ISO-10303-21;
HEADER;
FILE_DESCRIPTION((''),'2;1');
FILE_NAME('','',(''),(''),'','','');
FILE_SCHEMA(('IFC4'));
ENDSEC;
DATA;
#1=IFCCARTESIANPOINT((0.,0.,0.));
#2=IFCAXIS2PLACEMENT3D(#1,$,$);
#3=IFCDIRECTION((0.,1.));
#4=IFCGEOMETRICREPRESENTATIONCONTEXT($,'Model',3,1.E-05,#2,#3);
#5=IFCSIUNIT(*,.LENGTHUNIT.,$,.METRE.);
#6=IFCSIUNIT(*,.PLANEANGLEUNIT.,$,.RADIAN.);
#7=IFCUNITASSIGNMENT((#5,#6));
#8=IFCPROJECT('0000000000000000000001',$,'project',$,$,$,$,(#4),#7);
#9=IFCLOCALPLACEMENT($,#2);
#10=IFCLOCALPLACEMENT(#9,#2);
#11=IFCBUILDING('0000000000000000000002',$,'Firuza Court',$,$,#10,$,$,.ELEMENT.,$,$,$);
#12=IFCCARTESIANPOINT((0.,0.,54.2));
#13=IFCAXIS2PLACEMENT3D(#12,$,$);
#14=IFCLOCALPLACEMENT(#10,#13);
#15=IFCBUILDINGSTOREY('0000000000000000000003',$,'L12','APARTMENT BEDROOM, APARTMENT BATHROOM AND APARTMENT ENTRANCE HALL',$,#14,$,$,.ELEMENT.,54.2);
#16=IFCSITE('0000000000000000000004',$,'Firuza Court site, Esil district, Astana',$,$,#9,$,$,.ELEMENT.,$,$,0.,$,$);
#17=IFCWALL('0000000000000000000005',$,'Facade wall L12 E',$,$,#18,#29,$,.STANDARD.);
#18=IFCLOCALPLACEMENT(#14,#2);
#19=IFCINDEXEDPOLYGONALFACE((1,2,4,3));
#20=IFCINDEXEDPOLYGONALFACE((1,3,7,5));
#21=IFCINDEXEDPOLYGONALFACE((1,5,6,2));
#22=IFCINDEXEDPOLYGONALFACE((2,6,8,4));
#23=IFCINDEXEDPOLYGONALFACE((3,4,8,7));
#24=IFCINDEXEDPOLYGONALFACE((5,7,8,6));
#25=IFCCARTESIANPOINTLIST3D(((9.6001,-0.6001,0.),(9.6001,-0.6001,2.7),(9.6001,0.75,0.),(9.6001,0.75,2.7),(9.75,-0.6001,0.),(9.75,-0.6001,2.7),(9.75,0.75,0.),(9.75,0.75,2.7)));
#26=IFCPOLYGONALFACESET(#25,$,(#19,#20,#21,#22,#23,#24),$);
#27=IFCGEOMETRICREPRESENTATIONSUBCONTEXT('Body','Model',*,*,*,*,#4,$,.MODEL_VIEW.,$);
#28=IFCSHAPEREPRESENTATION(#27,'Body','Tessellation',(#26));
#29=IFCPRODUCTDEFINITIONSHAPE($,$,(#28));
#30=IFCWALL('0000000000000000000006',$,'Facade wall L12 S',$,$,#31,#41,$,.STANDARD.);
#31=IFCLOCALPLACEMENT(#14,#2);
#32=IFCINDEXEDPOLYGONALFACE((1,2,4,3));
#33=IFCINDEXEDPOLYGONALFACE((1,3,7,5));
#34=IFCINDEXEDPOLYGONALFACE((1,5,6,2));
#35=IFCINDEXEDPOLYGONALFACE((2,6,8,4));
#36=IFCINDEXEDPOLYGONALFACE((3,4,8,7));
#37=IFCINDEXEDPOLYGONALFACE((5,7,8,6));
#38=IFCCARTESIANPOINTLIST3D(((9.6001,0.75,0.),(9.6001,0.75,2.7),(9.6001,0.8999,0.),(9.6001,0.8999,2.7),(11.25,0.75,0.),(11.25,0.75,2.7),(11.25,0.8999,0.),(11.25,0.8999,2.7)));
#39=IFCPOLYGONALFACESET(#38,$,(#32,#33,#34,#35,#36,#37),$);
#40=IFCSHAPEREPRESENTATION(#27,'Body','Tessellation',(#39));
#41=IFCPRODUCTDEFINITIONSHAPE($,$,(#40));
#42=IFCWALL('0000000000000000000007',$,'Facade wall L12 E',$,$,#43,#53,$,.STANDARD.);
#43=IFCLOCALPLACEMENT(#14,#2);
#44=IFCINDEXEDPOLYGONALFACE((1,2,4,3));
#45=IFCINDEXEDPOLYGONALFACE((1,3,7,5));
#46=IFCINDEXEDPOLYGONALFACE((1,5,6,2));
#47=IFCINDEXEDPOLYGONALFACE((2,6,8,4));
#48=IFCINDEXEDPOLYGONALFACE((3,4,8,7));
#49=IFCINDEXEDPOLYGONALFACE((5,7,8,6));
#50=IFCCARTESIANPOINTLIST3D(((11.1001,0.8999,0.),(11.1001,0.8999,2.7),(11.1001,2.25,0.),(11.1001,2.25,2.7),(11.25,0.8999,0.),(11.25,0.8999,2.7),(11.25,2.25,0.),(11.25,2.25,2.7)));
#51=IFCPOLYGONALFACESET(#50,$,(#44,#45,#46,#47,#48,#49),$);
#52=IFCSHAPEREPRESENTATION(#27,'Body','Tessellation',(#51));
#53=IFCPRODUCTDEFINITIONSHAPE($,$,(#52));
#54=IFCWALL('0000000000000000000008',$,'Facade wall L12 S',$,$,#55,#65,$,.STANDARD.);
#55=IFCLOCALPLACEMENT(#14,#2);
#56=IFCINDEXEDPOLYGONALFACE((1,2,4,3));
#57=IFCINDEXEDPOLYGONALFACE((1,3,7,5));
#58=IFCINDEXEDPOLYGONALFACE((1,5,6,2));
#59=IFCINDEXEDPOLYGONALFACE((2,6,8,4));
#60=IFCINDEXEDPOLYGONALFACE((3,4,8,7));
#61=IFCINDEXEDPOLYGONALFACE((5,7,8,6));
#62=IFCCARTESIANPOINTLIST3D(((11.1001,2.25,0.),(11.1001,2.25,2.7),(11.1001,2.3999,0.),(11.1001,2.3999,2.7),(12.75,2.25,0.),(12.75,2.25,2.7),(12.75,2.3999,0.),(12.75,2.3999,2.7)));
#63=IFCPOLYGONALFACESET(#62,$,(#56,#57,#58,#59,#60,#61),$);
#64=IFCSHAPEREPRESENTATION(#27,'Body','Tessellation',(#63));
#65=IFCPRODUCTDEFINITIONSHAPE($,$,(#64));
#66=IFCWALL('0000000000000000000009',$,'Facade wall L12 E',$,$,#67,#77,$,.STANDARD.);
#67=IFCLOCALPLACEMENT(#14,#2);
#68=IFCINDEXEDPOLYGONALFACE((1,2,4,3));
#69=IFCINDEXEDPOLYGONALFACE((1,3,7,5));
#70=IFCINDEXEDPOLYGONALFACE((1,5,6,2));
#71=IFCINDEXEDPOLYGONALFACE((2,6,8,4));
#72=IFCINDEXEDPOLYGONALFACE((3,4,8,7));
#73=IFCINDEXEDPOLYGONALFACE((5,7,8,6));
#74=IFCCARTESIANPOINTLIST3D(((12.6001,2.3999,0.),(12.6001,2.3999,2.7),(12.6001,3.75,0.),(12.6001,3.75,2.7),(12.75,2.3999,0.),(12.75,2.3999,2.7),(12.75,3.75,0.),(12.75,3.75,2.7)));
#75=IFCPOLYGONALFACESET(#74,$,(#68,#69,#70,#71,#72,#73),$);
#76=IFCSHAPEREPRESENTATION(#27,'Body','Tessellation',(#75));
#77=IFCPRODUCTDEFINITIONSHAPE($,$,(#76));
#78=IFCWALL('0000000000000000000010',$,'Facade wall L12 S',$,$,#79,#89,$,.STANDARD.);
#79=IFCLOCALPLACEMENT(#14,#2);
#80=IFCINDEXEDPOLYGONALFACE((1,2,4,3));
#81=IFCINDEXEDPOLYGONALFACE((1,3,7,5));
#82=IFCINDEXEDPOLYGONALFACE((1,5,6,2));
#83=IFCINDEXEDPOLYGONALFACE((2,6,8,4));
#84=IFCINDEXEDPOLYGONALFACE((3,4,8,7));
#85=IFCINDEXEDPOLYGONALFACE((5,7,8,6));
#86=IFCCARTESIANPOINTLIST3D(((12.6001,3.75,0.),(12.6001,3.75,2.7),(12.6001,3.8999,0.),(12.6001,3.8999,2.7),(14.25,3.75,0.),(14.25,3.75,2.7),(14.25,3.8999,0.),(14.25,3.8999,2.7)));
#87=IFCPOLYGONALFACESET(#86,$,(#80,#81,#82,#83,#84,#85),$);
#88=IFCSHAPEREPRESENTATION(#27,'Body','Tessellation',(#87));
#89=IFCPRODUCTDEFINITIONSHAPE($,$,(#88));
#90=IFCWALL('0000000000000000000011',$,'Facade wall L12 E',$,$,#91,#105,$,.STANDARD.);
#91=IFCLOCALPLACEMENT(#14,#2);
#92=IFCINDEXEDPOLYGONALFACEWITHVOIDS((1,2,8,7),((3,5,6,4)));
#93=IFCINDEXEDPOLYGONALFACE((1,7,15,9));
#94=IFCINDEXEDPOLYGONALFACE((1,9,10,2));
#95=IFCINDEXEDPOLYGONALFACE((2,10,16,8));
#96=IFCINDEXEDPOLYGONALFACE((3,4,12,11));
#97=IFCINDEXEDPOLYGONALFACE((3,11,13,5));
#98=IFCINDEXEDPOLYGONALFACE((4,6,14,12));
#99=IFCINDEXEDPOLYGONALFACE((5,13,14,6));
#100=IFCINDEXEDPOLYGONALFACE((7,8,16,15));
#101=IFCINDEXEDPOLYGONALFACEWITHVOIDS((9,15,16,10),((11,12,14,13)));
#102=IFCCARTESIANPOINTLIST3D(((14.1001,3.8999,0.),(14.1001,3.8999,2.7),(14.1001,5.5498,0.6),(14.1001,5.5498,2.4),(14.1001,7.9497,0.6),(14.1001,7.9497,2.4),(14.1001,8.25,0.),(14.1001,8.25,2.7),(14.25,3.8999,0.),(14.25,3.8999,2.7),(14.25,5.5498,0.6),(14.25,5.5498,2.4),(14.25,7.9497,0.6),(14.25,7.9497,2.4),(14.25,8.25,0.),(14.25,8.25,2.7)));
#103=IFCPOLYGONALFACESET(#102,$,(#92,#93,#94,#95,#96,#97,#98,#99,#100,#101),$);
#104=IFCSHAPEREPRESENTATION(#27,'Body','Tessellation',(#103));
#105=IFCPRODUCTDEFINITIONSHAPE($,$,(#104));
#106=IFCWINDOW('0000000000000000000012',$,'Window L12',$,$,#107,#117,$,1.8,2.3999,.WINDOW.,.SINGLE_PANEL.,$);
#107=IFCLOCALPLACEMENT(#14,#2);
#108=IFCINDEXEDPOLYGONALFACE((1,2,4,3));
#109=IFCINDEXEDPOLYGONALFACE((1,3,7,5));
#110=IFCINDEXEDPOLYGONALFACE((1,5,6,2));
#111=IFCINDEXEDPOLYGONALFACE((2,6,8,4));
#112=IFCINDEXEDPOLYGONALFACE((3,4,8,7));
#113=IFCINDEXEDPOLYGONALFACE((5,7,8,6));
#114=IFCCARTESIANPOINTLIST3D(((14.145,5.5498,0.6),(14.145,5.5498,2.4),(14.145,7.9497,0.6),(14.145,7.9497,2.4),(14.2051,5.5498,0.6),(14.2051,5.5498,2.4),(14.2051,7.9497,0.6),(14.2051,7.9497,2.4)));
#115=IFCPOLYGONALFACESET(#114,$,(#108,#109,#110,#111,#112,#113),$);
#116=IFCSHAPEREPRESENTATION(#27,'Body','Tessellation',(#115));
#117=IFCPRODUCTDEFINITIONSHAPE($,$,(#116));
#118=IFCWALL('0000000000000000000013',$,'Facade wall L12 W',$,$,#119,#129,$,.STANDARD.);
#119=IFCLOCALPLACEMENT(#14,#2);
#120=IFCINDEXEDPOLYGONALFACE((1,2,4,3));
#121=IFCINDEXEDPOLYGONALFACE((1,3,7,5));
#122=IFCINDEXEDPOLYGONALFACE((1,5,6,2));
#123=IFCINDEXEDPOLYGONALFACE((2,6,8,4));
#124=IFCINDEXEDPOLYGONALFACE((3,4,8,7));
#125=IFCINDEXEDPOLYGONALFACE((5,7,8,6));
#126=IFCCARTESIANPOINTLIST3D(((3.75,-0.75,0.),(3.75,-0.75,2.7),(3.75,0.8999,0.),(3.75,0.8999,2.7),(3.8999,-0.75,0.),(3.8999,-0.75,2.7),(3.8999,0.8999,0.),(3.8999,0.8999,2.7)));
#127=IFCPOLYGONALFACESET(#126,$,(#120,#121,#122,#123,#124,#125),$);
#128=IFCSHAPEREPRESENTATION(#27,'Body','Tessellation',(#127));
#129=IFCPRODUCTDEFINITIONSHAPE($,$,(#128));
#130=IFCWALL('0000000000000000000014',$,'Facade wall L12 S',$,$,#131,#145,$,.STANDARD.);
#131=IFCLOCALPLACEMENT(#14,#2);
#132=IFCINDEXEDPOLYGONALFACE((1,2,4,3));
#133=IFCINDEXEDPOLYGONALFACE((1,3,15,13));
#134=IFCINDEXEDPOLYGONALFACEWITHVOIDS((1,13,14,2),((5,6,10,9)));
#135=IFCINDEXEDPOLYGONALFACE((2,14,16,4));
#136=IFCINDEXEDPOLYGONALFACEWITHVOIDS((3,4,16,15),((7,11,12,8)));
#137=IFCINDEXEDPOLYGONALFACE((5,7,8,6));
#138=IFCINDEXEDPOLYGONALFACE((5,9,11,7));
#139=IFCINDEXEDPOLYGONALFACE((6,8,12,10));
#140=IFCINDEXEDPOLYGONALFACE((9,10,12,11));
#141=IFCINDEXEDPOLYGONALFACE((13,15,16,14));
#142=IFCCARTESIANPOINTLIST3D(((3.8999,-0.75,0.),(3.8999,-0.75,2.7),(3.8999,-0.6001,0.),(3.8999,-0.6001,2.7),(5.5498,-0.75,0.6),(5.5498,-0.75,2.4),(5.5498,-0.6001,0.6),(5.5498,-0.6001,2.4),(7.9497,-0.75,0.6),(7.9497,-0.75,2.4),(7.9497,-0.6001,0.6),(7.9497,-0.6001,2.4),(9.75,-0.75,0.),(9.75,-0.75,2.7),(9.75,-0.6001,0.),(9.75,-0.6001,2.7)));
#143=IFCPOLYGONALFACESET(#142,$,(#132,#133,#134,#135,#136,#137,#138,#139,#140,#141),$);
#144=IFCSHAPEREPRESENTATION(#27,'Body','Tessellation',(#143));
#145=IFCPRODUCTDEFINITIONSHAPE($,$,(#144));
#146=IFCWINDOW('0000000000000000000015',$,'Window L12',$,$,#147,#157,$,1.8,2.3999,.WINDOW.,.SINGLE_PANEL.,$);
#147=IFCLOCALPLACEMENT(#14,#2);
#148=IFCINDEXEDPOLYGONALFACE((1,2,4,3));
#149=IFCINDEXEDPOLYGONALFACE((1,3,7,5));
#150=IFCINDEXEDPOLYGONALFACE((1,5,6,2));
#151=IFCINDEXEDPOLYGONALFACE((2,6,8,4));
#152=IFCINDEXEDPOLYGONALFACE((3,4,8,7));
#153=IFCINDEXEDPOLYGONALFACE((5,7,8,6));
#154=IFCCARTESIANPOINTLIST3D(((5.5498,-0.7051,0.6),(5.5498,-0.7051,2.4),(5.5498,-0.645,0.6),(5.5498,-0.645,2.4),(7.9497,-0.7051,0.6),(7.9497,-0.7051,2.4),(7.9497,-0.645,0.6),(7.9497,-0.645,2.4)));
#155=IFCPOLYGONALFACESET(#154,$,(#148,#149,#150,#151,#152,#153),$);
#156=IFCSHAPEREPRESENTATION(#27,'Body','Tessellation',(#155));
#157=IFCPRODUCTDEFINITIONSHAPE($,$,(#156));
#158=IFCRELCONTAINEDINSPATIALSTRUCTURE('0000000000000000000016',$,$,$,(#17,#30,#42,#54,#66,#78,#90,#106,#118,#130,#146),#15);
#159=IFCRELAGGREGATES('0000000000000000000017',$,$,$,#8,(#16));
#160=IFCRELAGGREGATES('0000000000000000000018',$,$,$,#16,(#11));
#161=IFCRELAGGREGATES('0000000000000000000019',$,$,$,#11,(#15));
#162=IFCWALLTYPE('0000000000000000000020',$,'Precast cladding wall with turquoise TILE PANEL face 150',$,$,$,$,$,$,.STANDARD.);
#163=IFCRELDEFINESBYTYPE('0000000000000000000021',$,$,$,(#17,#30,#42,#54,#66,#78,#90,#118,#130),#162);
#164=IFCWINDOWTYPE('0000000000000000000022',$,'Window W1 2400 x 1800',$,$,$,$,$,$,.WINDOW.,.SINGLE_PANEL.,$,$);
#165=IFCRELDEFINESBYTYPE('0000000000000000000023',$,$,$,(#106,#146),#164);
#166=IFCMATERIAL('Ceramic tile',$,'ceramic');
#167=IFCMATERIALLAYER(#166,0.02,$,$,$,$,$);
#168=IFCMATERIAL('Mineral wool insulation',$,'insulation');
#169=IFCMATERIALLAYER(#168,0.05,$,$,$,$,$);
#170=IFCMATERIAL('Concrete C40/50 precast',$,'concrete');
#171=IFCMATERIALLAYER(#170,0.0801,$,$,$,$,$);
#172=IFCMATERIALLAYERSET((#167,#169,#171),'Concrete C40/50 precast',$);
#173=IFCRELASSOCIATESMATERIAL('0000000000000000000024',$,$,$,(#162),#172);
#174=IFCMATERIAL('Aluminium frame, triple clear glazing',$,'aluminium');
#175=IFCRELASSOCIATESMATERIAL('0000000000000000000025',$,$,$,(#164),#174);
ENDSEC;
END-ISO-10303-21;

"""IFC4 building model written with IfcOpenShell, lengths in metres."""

from ifc_helpers import new_model, si_unit, direction, frame, frame_2d, origin, place, context, subcontext, project, spatial, rectangle, extrude, material, layer, layer_set, type_object, element, fill, save


model = new_model("IFC4")

# Units and contexts
model_context = context("Model", 3, precision=1e-05, world=origin(), true_north=direction((0.0, 1.0)))
body_context = subcontext(model_context, "Body", "Model", "MODEL_VIEW")
ifc_project = project(units=[si_unit("LENGTHUNIT", "METRE"), si_unit("PLANEANGLEUNIT", "RADIAN")], contexts=[model_context])

# Site, building, storey
site_placement = place(None, origin())
site = spatial("IfcSite", under=ifc_project, at=site_placement, Name="Firuza Court site, Esil district, Astana", CompositionType="ELEMENT", RefElevation=0.0)
building_placement = place(site_placement, origin())
building = spatial("IfcBuilding", under=site, at=building_placement, Name="Firuza Court", CompositionType="ELEMENT")
storey_placement = place(building_placement, frame((0.0, 0.0, 54.2)))
storey = spatial("IfcBuildingStorey", under=building, at=storey_placement, Name="L12", Description="APARTMENT BEDROOM, APARTMENT BATHROOM AND APARTMENT ENTRANCE HALL", CompositionType="ELEMENT", Elevation=54.2)

# Walls
ifc_material_1 = material(Name="Ceramic tile", Category="ceramic")
ifc_layer_1 = layer(ifc_material_1, 0.02)
ifc_material_2 = material(Name="Mineral wool insulation", Category="insulation")
ifc_layer_2 = layer(ifc_material_2, 0.05)
ifc_material_3 = material(Name="Concrete C40/50 precast", Category="concrete")
ifc_layer_3 = layer(ifc_material_3, 0.0801)
ifc_layer_set_1 = layer_set([ifc_layer_1, ifc_layer_2, ifc_layer_3], Name="Concrete C40/50 precast")
wall_type_1 = type_object("IfcWallType", Name="Precast cladding wall with turquoise TILE PANEL face 150", PredefinedType="STANDARD", material=ifc_layer_set_1)
wall_1_placement = place(storey_placement, frame((9.675, -0.6001, 0.0), z_axis=(0.0, 0.0, 1.0), x_axis=(0.0, 1.0, 0.0)))
element("IfcWall", 1, at=wall_1_placement, inside=storey, type_object=wall_type_1, Name="Facade wall L12 E", PredefinedType="STANDARD", context=body_context, shape_type="SweptSolid", body=[
    extrude(rectangle(XDim=1.3501, YDim=0.1499, at=frame_2d((0.675, 0.0))), origin(), (0.0, 0.0, 1.0), 2.7),
])
wall_2_placement = place(storey_placement, frame((9.6001, 0.825, 0.0), z_axis=(0.0, 0.0, 1.0), x_axis=(1.0, 0.0, 0.0)))
element("IfcWall", 2, at=wall_2_placement, inside=storey, type_object=wall_type_1, Name="Facade wall L12 S", PredefinedType="STANDARD", context=body_context, shape_type="SweptSolid", body=[
    extrude(rectangle(XDim=1.6499, YDim=0.1499, at=frame_2d((0.825, 0.0))), origin(), (0.0, 0.0, 1.0), 2.7),
])
wall_3_placement = place(storey_placement, frame((11.175, 0.8999, 0.0), z_axis=(0.0, 0.0, 1.0), x_axis=(0.0, 1.0, 0.0)))
element("IfcWall", 3, at=wall_3_placement, inside=storey, type_object=wall_type_1, Name="Facade wall L12 E", PredefinedType="STANDARD", context=body_context, shape_type="SweptSolid", body=[
    extrude(rectangle(XDim=1.3501, YDim=0.1499, at=frame_2d((0.675, 0.0))), origin(), (0.0, 0.0, 1.0), 2.7),
])
wall_4_placement = place(storey_placement, frame((11.1001, 2.325, 0.0), z_axis=(0.0, 0.0, 1.0), x_axis=(1.0, 0.0, 0.0)))
element("IfcWall", 4, at=wall_4_placement, inside=storey, type_object=wall_type_1, Name="Facade wall L12 S", PredefinedType="STANDARD", context=body_context, shape_type="SweptSolid", body=[
    extrude(rectangle(XDim=1.6499, YDim=0.1499, at=frame_2d((0.825, 0.0))), origin(), (0.0, 0.0, 1.0), 2.7),
])
wall_5_placement = place(storey_placement, frame((12.675, 2.3999, 0.0), z_axis=(0.0, 0.0, 1.0), x_axis=(0.0, 1.0, 0.0)))
element("IfcWall", 5, at=wall_5_placement, inside=storey, type_object=wall_type_1, Name="Facade wall L12 E", PredefinedType="STANDARD", context=body_context, shape_type="SweptSolid", body=[
    extrude(rectangle(XDim=1.3501, YDim=0.1499, at=frame_2d((0.675, 0.0))), origin(), (0.0, 0.0, 1.0), 2.7),
])
wall_6_placement = place(storey_placement, frame((12.6001, 3.825, 0.0), z_axis=(0.0, 0.0, 1.0), x_axis=(1.0, 0.0, 0.0)))
element("IfcWall", 6, at=wall_6_placement, inside=storey, type_object=wall_type_1, Name="Facade wall L12 S", PredefinedType="STANDARD", context=body_context, shape_type="SweptSolid", body=[
    extrude(rectangle(XDim=1.6499, YDim=0.1499, at=frame_2d((0.825, 0.0))), origin(), (0.0, 0.0, 1.0), 2.7),
])

# Wall, opening, window
wall_7_placement = place(storey_placement, frame((14.175, 3.8999, 0.0), z_axis=(0.0, 0.0, 1.0), x_axis=(0.0, 1.0, 0.0)))
wall_7 = element("IfcWall", 7, at=wall_7_placement, inside=storey, type_object=wall_type_1, Name="Facade wall L12 E", PredefinedType="STANDARD", context=body_context, shape_type="SweptSolid", body=[
    extrude(rectangle(XDim=4.3501, YDim=0.1499, at=frame_2d((2.175, 0.0))), origin(), (0.0, 0.0, 1.0), 2.7),
])
opening_1_placement = place(wall_7_placement, frame((1.6499, 0.0, 0.6001)))
opening_1 = element("IfcOpeningElement", 8, at=opening_1_placement, cuts=wall_7, PredefinedType="OPENING", context=body_context, shape_type="SweptSolid", body=[
    extrude(rectangle(XDim=2.3999, YDim=1.8, at=frame_2d((1.2, 0.8999))), frame((0.0, 0.0869, 0.0), z_axis=(0.0, -1.0, 0.0), x_axis=(1.0, 0.0, 0.0)), (0.0, 0.0, 1.0), 0.1738),
])
ifc_material_4 = material(Name="Aluminium frame, triple clear glazing", Category="aluminium")
window_type = type_object("IfcWindowType", Name="Window W1 2400 x 1800", PartitioningType="SINGLE_PANEL", PredefinedType="WINDOW", material=ifc_material_4)
window_1_placement = place(opening_1_placement, origin())
window_1 = element("IfcWindow", 9, at=window_1_placement, inside=storey, type_object=window_type, Name="Window L12", OverallHeight=1.8, OverallWidth=2.3999, PartitioningType="SINGLE_PANEL", PredefinedType="WINDOW", context=body_context, shape_type="SweptSolid", body=[
    extrude(rectangle(XDim=2.3999, YDim=1.8, at=frame_2d((1.2, 0.8999))), frame((0.0, 0.03, 0.0), z_axis=(0.0, -1.0, 0.0), x_axis=(1.0, 0.0, 0.0)), (0.0, 0.0, 1.0), 0.0601),
])
fill(opening_1, window_1)

# Wall
wall_8_placement = place(storey_placement, frame((3.825, 0.8999, 0.0), z_axis=(0.0, 0.0, 1.0), x_axis=(0.0, -1.0, 0.0)))
element("IfcWall", 10, at=wall_8_placement, inside=storey, type_object=wall_type_1, Name="Facade wall L12 W", PredefinedType="STANDARD", context=body_context, shape_type="SweptSolid", body=[
    extrude(rectangle(XDim=1.6499, YDim=0.1499, at=frame_2d((0.825, 0.0))), origin(), (0.0, 0.0, 1.0), 2.7),
])

# Wall, opening, window
wall_9_placement = place(storey_placement, frame((3.8999, -0.675, 0.0), z_axis=(0.0, 0.0, 1.0), x_axis=(1.0, 0.0, 0.0)))
wall_9 = element("IfcWall", 11, at=wall_9_placement, inside=storey, type_object=wall_type_1, Name="Facade wall L12 S", PredefinedType="STANDARD", context=body_context, shape_type="SweptSolid", body=[
    extrude(rectangle(XDim=5.8501, YDim=0.1499, at=frame_2d((2.925, 0.0))), origin(), (0.0, 0.0, 1.0), 2.7),
])
opening_2_placement = place(wall_9_placement, frame((1.6499, 0.0, 0.6001)))
opening_2 = element("IfcOpeningElement", 12, at=opening_2_placement, cuts=wall_9, PredefinedType="OPENING", context=body_context, shape_type="SweptSolid", body=[
    extrude(rectangle(XDim=2.3999, YDim=1.8, at=frame_2d((1.2, 0.8999))), frame((0.0, 0.0869, 0.0), z_axis=(0.0, -1.0, 0.0), x_axis=(1.0, 0.0, 0.0)), (0.0, 0.0, 1.0), 0.1738),
])
window_2_placement = place(opening_2_placement, origin())
window_2 = element("IfcWindow", 13, at=window_2_placement, inside=storey, type_object=window_type, Name="Window L12", OverallHeight=1.8, OverallWidth=2.3999, PartitioningType="SINGLE_PANEL", PredefinedType="WINDOW", context=body_context, shape_type="SweptSolid", body=[
    extrude(rectangle(XDim=2.3999, YDim=1.8, at=frame_2d((1.2, 0.8999))), frame((0.0, 0.03, 0.0), z_axis=(0.0, -1.0, 0.0), x_axis=(1.0, 0.0, 0.0)), (0.0, 0.0, 1.0), 0.0601),
])
fill(opening_2, window_2)

save(model, "model.ifc")
